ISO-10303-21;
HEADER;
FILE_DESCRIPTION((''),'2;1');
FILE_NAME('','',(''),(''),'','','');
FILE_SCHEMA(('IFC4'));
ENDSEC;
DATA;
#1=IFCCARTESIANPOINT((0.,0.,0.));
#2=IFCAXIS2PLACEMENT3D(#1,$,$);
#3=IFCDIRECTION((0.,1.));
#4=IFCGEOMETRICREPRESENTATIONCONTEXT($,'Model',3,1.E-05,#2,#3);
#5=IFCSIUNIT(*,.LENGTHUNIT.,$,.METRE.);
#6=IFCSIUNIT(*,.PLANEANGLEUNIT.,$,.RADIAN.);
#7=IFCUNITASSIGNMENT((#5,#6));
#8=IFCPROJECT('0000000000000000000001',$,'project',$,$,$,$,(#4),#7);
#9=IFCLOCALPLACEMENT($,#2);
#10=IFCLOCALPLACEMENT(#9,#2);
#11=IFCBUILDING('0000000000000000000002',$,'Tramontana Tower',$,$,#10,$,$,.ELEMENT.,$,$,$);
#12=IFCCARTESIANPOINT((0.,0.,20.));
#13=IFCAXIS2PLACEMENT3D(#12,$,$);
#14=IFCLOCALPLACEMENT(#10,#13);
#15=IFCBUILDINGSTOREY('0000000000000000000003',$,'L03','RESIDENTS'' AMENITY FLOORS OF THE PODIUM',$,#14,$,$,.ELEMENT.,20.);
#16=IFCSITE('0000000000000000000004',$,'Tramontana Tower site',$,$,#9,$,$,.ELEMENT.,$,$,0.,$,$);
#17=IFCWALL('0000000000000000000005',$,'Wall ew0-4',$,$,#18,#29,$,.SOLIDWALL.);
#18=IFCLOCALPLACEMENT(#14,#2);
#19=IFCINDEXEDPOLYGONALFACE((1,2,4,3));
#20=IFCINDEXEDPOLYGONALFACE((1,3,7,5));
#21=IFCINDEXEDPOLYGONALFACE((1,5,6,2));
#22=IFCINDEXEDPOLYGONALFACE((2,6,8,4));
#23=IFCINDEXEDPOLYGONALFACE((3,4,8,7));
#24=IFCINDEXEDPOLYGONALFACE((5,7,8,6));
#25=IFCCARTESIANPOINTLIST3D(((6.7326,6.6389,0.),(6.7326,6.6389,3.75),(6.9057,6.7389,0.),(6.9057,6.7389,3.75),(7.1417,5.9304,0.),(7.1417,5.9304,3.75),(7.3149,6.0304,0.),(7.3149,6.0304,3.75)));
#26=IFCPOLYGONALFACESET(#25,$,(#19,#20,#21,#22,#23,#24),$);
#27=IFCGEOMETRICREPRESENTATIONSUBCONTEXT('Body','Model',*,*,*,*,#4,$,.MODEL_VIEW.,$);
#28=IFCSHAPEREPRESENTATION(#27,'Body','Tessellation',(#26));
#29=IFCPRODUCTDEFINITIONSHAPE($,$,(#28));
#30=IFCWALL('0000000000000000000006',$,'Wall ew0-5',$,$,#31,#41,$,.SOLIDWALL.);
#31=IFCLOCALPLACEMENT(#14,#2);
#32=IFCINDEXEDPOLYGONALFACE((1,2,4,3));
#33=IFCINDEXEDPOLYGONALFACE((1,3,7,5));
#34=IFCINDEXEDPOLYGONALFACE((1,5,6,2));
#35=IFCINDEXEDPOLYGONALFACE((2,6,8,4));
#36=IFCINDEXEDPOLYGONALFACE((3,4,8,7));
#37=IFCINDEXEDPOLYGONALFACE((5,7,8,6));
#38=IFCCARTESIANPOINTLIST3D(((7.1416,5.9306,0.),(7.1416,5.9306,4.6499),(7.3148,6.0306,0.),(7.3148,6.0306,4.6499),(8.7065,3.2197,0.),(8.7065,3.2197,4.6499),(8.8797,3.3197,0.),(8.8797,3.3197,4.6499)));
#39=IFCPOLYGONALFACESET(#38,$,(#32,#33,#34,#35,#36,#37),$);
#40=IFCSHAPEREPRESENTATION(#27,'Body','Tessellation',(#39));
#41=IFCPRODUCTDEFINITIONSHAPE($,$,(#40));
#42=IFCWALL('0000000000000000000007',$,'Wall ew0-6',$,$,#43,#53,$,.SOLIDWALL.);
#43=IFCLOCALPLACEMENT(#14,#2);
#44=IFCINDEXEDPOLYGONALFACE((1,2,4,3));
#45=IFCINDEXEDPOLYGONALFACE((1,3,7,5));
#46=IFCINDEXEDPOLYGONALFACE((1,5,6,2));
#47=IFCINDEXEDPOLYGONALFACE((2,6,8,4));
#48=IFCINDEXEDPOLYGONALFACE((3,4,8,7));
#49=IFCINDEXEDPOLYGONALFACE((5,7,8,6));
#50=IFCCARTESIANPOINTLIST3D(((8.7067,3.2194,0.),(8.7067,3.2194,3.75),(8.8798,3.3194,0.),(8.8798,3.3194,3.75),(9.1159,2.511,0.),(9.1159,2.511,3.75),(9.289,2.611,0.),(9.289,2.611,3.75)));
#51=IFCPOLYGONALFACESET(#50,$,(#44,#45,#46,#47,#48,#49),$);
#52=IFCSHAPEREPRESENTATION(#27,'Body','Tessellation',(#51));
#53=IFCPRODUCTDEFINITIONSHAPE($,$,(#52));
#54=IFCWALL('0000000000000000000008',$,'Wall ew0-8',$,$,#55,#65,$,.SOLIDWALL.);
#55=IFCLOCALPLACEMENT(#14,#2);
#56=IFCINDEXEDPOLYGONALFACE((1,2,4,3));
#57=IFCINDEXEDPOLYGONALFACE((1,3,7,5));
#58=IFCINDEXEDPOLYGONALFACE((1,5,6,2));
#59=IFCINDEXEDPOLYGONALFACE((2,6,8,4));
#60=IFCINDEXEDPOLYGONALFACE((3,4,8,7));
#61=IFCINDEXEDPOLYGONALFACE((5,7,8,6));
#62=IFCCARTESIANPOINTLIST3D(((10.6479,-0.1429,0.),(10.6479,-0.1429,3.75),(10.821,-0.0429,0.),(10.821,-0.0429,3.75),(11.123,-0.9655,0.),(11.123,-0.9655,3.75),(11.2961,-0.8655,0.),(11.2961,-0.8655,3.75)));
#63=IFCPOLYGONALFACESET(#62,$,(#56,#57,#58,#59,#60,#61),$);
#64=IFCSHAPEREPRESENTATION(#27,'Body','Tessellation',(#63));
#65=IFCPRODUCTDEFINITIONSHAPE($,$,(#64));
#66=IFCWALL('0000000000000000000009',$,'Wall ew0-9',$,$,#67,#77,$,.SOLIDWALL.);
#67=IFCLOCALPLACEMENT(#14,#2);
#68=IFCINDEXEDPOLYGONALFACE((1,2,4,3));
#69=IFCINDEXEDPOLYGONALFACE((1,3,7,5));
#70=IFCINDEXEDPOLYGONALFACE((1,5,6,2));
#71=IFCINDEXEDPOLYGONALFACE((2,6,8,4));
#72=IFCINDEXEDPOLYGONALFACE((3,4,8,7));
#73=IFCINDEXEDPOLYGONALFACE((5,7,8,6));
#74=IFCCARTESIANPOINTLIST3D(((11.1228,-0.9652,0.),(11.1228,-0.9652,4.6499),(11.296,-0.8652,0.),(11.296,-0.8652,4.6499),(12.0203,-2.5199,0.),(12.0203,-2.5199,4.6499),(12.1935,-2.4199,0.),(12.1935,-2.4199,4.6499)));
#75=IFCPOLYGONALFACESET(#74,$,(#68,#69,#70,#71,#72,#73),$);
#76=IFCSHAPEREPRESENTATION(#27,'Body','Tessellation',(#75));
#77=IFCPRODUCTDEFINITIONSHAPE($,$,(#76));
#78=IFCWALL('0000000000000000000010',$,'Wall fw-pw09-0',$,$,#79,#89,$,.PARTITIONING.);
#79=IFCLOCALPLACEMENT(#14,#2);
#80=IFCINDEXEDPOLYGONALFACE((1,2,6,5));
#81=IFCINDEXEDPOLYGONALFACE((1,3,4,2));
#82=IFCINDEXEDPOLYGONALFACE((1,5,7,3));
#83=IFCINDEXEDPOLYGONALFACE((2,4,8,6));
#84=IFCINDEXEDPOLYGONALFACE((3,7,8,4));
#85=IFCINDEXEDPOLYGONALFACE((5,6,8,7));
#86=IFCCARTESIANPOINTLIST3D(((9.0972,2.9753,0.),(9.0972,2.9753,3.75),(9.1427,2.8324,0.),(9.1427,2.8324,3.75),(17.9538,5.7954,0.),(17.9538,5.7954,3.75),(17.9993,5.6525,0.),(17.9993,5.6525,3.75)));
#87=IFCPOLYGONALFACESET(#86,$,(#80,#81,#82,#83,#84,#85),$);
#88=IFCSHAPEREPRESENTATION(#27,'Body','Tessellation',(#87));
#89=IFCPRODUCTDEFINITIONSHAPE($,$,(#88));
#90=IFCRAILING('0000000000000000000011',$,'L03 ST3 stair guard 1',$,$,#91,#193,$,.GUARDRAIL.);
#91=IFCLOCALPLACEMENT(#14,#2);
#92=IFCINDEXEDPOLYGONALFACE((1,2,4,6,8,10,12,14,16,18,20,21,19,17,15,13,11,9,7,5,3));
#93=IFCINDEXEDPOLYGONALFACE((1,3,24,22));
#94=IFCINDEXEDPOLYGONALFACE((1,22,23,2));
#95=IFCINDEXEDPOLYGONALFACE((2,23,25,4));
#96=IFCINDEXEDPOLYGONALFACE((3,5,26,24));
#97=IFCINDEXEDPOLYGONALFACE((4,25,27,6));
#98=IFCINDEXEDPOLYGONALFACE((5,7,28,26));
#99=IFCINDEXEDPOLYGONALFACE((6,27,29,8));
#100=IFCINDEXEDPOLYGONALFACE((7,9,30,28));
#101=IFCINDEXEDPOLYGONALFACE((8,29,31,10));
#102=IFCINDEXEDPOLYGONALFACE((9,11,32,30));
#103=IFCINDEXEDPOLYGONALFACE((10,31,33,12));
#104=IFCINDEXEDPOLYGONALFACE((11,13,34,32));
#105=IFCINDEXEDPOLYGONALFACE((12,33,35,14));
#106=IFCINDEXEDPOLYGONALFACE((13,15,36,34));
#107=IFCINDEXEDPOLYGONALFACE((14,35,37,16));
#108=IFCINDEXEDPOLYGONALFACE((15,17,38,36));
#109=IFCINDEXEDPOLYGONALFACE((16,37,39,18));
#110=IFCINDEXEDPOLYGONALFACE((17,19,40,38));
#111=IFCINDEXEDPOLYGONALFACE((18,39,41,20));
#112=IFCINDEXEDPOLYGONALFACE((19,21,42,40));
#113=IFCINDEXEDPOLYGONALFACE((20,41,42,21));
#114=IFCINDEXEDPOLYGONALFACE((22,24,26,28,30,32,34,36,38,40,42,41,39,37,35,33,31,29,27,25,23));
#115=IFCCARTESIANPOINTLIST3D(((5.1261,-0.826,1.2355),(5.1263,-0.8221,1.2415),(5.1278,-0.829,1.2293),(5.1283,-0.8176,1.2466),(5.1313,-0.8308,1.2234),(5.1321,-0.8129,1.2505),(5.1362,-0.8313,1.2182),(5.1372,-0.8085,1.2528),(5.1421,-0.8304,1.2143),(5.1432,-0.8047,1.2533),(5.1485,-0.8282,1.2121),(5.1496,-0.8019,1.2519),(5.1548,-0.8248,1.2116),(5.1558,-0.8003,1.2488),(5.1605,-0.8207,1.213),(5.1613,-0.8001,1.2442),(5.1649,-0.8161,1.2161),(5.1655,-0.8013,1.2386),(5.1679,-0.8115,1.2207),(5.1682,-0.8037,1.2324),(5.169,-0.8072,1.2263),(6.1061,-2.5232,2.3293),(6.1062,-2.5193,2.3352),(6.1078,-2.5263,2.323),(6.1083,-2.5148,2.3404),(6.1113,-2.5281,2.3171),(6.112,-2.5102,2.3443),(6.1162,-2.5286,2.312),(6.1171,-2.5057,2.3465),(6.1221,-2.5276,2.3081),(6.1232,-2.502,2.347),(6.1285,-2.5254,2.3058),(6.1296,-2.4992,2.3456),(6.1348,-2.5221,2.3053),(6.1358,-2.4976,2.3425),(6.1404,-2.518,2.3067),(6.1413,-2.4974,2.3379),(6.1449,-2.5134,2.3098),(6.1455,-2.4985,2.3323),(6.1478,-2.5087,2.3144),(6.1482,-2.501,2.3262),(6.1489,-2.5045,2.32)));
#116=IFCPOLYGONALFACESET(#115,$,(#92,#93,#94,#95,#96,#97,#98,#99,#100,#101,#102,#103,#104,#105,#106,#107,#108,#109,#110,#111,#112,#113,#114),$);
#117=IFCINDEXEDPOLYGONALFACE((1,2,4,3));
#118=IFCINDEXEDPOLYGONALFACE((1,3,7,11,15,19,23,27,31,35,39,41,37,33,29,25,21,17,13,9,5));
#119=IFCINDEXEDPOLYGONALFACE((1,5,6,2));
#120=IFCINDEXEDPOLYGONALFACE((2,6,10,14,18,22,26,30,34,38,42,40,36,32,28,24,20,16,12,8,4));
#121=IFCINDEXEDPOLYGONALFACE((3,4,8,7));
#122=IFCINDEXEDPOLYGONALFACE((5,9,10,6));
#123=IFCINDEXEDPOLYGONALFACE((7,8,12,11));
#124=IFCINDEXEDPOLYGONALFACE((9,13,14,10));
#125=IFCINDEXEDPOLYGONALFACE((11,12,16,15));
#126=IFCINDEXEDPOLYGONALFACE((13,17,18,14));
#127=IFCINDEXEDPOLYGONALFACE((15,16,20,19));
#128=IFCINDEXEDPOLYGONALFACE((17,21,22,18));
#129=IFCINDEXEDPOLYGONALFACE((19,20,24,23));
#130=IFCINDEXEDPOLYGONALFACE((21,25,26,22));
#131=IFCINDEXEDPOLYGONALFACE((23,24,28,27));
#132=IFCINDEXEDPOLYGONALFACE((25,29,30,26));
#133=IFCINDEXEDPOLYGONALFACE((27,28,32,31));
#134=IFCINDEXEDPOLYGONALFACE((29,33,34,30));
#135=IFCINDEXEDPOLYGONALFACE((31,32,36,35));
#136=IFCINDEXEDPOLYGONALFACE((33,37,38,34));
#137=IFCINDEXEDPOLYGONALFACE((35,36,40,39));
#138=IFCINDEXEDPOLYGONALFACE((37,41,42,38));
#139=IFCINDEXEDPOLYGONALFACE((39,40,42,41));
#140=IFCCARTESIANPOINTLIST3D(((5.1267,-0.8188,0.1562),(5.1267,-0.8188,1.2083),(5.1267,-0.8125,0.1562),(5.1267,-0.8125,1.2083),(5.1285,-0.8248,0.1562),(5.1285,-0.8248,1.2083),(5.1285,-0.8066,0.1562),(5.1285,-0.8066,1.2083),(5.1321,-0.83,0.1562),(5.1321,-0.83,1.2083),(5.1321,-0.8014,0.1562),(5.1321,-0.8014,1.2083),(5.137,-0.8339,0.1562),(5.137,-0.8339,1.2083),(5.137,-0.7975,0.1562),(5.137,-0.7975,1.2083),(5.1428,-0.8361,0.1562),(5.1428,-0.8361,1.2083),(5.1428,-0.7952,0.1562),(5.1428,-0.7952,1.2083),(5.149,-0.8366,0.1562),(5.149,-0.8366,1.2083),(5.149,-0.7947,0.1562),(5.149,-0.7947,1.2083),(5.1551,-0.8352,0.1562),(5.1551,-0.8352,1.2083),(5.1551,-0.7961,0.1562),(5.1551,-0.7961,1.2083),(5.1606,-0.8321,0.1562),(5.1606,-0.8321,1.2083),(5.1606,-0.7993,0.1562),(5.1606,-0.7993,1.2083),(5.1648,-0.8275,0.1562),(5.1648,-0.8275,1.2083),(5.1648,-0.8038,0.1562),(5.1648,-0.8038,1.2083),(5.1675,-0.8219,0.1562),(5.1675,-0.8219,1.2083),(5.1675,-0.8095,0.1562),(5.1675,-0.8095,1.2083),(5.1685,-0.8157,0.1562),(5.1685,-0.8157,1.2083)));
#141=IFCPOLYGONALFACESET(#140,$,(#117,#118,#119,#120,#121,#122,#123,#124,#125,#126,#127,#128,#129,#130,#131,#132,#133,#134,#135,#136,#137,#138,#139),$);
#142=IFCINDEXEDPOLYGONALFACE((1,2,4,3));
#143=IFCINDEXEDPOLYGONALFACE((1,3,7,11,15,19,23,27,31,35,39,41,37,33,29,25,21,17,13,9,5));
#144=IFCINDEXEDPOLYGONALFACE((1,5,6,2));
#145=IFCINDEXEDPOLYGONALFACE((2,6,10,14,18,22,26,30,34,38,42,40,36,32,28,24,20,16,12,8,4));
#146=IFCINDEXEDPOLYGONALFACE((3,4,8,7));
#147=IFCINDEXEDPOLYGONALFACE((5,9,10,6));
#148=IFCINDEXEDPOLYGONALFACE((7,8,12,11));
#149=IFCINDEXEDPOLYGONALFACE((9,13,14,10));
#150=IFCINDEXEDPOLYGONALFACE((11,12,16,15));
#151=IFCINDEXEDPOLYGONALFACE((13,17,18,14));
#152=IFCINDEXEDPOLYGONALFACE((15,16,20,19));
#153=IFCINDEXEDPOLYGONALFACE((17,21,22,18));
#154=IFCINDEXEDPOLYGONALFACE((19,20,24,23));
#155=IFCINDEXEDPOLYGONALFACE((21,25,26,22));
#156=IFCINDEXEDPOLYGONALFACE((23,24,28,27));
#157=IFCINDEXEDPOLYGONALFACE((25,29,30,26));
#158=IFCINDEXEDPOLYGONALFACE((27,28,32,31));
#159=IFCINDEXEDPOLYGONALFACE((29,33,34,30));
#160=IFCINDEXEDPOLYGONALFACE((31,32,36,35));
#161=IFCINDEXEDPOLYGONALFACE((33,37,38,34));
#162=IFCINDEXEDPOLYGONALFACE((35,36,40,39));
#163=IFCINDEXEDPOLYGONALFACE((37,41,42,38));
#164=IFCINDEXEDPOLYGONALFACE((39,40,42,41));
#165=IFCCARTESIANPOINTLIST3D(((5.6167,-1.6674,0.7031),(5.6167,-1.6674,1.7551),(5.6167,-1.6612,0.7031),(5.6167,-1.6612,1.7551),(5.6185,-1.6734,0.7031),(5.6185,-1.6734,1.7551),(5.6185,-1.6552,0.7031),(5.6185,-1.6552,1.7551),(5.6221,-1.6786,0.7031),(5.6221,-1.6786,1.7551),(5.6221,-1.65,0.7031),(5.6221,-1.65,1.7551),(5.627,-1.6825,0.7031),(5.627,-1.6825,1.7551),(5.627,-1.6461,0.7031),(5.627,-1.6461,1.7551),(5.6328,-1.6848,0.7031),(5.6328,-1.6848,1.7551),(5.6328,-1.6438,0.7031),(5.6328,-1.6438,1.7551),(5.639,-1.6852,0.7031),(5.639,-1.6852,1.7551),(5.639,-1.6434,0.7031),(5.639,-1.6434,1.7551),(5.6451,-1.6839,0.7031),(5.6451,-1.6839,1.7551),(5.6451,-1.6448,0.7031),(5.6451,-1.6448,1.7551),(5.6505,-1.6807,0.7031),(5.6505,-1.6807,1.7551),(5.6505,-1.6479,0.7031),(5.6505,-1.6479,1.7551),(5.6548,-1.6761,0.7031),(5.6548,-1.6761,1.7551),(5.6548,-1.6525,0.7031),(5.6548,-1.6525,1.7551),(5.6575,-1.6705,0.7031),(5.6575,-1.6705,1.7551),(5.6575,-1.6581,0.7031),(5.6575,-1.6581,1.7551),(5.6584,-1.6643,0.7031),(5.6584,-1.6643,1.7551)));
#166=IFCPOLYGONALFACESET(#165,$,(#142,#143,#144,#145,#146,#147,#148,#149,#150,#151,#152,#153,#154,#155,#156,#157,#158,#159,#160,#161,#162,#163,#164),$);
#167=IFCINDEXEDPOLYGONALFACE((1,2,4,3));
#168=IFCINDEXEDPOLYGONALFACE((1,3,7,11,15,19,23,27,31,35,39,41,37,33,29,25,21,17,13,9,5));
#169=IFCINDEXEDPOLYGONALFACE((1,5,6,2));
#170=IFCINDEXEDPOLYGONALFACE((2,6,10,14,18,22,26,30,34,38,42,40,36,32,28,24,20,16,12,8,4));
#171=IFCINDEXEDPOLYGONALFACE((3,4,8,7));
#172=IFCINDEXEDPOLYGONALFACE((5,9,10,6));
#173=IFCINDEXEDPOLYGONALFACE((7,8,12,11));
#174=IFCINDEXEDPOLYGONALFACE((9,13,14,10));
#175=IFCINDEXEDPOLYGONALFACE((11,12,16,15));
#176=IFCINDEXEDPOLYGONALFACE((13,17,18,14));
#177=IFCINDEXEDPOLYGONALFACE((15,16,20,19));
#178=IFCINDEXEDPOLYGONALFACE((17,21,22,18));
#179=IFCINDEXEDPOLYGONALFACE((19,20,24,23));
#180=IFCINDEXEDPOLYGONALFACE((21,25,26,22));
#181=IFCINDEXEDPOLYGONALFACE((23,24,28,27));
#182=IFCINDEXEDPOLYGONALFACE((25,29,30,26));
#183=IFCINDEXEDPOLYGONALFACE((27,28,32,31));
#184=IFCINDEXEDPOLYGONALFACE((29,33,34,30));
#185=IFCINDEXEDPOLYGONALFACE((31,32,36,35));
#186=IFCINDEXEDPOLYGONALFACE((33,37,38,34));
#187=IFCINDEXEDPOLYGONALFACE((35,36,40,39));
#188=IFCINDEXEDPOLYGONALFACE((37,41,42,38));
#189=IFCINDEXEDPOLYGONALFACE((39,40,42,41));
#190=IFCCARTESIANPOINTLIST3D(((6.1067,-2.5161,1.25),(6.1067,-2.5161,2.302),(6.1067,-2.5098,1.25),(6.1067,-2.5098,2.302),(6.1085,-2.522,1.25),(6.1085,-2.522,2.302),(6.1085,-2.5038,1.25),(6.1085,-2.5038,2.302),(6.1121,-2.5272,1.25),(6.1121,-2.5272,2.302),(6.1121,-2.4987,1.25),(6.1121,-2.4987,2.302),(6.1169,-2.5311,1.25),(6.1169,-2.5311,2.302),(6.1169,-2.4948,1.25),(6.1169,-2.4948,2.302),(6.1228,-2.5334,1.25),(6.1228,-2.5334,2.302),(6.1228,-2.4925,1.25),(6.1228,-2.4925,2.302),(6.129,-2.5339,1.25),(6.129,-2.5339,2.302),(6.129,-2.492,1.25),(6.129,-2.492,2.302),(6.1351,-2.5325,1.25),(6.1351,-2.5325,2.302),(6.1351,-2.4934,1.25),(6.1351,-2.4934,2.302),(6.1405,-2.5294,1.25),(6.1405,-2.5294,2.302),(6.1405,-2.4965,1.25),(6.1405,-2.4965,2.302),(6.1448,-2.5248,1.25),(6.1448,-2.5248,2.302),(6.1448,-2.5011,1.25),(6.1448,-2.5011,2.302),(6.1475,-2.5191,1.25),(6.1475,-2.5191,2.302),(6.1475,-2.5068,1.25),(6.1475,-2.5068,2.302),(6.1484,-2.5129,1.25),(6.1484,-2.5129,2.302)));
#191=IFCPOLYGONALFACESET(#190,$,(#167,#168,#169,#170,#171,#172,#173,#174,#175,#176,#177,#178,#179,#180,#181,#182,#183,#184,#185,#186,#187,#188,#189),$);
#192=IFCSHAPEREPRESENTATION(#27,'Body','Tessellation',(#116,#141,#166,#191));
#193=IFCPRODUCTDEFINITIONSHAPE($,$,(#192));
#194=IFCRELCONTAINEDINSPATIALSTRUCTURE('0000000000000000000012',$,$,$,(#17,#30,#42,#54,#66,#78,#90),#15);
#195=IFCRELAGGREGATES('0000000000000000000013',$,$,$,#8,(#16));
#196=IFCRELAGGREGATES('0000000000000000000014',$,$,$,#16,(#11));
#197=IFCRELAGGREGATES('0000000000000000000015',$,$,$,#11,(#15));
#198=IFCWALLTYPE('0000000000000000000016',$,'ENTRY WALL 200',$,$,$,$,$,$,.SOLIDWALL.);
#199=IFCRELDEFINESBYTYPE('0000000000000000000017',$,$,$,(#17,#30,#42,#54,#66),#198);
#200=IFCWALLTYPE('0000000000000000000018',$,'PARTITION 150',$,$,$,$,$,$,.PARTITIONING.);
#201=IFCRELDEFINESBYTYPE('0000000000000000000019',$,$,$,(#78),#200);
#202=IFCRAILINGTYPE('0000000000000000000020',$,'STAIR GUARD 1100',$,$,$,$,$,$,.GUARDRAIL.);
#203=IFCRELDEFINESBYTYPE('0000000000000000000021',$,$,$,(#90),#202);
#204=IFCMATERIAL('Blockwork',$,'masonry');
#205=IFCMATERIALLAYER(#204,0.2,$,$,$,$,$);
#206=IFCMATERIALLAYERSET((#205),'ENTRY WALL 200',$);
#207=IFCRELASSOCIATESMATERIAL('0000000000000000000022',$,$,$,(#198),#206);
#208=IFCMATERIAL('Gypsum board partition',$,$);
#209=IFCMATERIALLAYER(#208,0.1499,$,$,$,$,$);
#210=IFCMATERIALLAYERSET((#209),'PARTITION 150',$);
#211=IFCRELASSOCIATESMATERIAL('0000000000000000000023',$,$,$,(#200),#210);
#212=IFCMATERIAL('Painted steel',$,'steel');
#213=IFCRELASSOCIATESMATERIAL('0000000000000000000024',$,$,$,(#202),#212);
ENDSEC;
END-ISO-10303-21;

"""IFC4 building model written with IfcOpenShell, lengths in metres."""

from ifc_helpers import new_model, si_unit, direction, frame, frame_2d, origin, origin_2d, place, context, subcontext, project, spatial, rectangle, circle, extrude, material, layer, layer_set, type_object, element, save


model = new_model("IFC4")

# Units and contexts
model_context = context("Model", 3, precision=1e-05, world=origin(), true_north=direction((0.0, 1.0)))
body_context = subcontext(model_context, "Body", "Model", "MODEL_VIEW")
ifc_project = project(units=[si_unit("LENGTHUNIT", "METRE"), si_unit("PLANEANGLEUNIT", "RADIAN")], contexts=[model_context])

# Site, building, storey
site_placement = place(None, origin())
site = spatial("IfcSite", under=ifc_project, at=site_placement, Name="Tramontana Tower site", CompositionType="ELEMENT", RefElevation=0.0)
building_placement = place(site_placement, origin())
building = spatial("IfcBuilding", under=site, at=building_placement, Name="Tramontana Tower", CompositionType="ELEMENT")
storey_placement = place(building_placement, frame((0.0, 0.0, 20.0)))
storey = spatial("IfcBuildingStorey", under=building, at=storey_placement, Name="L03", Description="RESIDENTS' AMENITY FLOORS OF THE PODIUM", CompositionType="ELEMENT", Elevation=20.0)

# Walls
ifc_material_1 = material(Name="Blockwork", Category="masonry")
ifc_layer_1 = layer(ifc_material_1, 0.2)
ifc_layer_set_1 = layer_set([ifc_layer_1], Name="ENTRY WALL 200")
wall_type_1 = type_object("IfcWallType", Name="ENTRY WALL 200", PredefinedType="SOLIDWALL", material=ifc_layer_set_1)
wall_1_placement = place(storey_placement, frame((6.8191, 6.689, 0.0), z_axis=(0.0, 0.0, 1.0), x_axis=(0.500119, -0.865957, 0.0)))
element("IfcWall", 1, at=wall_1_placement, inside=storey, type_object=wall_type_1, Name="Wall ew0-4", PredefinedType="SOLIDWALL", context=body_context, shape_type="SweptSolid", body=[
    extrude(rectangle(XDim=0.8181, YDim=0.2, at=frame_2d((0.4092, 0.0))), origin(), (0.0, 0.0, 1.0), 3.75),
])
wall_2_placement = place(storey_placement, frame((7.2283, 5.9805, 0.0), z_axis=(0.0, 0.0, 1.0), x_axis=(0.499948, -0.866056, 0.0)))
element("IfcWall", 2, at=wall_2_placement, inside=storey, type_object=wall_type_1, Name="Wall ew0-5", PredefinedType="SOLIDWALL", context=body_context, shape_type="SweptSolid", body=[
    extrude(rectangle(XDim=3.1301, YDim=0.2, at=frame_2d((1.5649, 0.0))), origin(), (0.0, 0.0, 1.0), 4.6499),
])
wall_3_placement = place(storey_placement, frame((8.7932, 3.2695, 0.0), z_axis=(0.0, 0.0, 1.0), x_axis=(0.500119, -0.865957, 0.0)))
element("IfcWall", 3, at=wall_3_placement, inside=storey, type_object=wall_type_1, Name="Wall ew0-6", PredefinedType="SOLIDWALL", context=body_context, shape_type="SweptSolid", body=[
    extrude(rectangle(XDim=0.8181, YDim=0.2, at=frame_2d((0.4092, 0.0))), origin(), (0.0, 0.0, 1.0), 3.75),
])

# Walls
wall_4_placement = place(storey_placement, frame((10.7344, -0.0928, 0.0), z_axis=(0.0, 0.0, 1.0), x_axis=(0.500175, -0.865924, 0.0)))
element("IfcWall", 4, at=wall_4_placement, inside=storey, type_object=wall_type_1, Name="Wall ew0-8", PredefinedType="SOLIDWALL", context=body_context, shape_type="SweptSolid", body=[
    extrude(rectangle(XDim=0.95, YDim=0.2, at=frame_2d((0.4751, 0.0))), origin(), (0.0, 0.0, 1.0), 3.75),
])
wall_5_placement = place(storey_placement, frame((11.2095, -0.9153, 0.0), z_axis=(0.0, 0.0, 1.0), x_axis=(0.499942, -0.866059, 0.0)))
element("IfcWall", 5, at=wall_5_placement, inside=storey, type_object=wall_type_1, Name="Wall ew0-9", PredefinedType="SOLIDWALL", context=body_context, shape_type="SweptSolid", body=[
    extrude(rectangle(XDim=1.7952, YDim=0.2, at=frame_2d((0.8975, 0.0))), origin(), (0.0, 0.0, 1.0), 4.6499),
])
ifc_material_2 = material(Name="Gypsum board partition")
ifc_layer_2 = layer(ifc_material_2, 0.1499)
ifc_layer_set_2 = layer_set([ifc_layer_2], Name="PARTITION 150")
wall_type_2 = type_object("IfcWallType", Name="PARTITION 150", PredefinedType="PARTITIONING", material=ifc_layer_set_2)
wall_6_placement = place(storey_placement, frame((9.1199, 2.9038, 0.0), z_axis=(0.0, 0.0, 1.0), x_axis=(0.95286, 0.30341, 0.0)))
element("IfcWall", 6, at=wall_6_placement, inside=storey, type_object=wall_type_2, Name="Wall fw-pw09-0", PredefinedType="PARTITIONING", context=body_context, shape_type="SweptSolid", body=[
    extrude(rectangle(XDim=9.2947, YDim=0.1499, at=frame_2d((4.6475, 0.0))), origin(), (0.0, 0.0, 1.0), 3.75),
])

# Railing
ifc_material_3 = material(Name="Painted steel", Category="steel")
railing_type = type_object("IfcRailingType", Name="STAIR GUARD 1100", PredefinedType="GUARDRAIL", material=ifc_material_3)
for number, where, name in (
    (7, (5.1475, -0.8157, 0.1562), "L03 ST3 stair guard 1"),
):
    element("IfcRailing", number, at=place(storey_placement, frame(where)), inside=storey, type_object=railing_type, Name=name, PredefinedType="GUARDRAIL", context=body_context, shape_type="SweptSolid", body=[
        extrude(circle(Radius=0.0239, at=origin_2d()), frame((0.0, 0.0, 1.0762), z_axis=(0.436632, -0.75622, 0.487323), x_axis=(0.866011, 0.500024, 0.0)), (0.0, 0.0, 1.0), 2.2444),
        extrude(circle(Radius=0.021, at=origin_2d()), origin(), (0.0, 0.0, 1.0), 1.052),
        extrude(circle(Radius=0.021, at=origin_2d()), frame((0.49, -0.8486, 0.5469)), (0.0, 0.0, 1.0), 1.052),
        extrude(circle(Radius=0.021, at=origin_2d()), frame((0.98, -1.6973, 1.0938)), (0.0, 0.0, 1.0), 1.052),
    ])

save(model, "model.ifc")
